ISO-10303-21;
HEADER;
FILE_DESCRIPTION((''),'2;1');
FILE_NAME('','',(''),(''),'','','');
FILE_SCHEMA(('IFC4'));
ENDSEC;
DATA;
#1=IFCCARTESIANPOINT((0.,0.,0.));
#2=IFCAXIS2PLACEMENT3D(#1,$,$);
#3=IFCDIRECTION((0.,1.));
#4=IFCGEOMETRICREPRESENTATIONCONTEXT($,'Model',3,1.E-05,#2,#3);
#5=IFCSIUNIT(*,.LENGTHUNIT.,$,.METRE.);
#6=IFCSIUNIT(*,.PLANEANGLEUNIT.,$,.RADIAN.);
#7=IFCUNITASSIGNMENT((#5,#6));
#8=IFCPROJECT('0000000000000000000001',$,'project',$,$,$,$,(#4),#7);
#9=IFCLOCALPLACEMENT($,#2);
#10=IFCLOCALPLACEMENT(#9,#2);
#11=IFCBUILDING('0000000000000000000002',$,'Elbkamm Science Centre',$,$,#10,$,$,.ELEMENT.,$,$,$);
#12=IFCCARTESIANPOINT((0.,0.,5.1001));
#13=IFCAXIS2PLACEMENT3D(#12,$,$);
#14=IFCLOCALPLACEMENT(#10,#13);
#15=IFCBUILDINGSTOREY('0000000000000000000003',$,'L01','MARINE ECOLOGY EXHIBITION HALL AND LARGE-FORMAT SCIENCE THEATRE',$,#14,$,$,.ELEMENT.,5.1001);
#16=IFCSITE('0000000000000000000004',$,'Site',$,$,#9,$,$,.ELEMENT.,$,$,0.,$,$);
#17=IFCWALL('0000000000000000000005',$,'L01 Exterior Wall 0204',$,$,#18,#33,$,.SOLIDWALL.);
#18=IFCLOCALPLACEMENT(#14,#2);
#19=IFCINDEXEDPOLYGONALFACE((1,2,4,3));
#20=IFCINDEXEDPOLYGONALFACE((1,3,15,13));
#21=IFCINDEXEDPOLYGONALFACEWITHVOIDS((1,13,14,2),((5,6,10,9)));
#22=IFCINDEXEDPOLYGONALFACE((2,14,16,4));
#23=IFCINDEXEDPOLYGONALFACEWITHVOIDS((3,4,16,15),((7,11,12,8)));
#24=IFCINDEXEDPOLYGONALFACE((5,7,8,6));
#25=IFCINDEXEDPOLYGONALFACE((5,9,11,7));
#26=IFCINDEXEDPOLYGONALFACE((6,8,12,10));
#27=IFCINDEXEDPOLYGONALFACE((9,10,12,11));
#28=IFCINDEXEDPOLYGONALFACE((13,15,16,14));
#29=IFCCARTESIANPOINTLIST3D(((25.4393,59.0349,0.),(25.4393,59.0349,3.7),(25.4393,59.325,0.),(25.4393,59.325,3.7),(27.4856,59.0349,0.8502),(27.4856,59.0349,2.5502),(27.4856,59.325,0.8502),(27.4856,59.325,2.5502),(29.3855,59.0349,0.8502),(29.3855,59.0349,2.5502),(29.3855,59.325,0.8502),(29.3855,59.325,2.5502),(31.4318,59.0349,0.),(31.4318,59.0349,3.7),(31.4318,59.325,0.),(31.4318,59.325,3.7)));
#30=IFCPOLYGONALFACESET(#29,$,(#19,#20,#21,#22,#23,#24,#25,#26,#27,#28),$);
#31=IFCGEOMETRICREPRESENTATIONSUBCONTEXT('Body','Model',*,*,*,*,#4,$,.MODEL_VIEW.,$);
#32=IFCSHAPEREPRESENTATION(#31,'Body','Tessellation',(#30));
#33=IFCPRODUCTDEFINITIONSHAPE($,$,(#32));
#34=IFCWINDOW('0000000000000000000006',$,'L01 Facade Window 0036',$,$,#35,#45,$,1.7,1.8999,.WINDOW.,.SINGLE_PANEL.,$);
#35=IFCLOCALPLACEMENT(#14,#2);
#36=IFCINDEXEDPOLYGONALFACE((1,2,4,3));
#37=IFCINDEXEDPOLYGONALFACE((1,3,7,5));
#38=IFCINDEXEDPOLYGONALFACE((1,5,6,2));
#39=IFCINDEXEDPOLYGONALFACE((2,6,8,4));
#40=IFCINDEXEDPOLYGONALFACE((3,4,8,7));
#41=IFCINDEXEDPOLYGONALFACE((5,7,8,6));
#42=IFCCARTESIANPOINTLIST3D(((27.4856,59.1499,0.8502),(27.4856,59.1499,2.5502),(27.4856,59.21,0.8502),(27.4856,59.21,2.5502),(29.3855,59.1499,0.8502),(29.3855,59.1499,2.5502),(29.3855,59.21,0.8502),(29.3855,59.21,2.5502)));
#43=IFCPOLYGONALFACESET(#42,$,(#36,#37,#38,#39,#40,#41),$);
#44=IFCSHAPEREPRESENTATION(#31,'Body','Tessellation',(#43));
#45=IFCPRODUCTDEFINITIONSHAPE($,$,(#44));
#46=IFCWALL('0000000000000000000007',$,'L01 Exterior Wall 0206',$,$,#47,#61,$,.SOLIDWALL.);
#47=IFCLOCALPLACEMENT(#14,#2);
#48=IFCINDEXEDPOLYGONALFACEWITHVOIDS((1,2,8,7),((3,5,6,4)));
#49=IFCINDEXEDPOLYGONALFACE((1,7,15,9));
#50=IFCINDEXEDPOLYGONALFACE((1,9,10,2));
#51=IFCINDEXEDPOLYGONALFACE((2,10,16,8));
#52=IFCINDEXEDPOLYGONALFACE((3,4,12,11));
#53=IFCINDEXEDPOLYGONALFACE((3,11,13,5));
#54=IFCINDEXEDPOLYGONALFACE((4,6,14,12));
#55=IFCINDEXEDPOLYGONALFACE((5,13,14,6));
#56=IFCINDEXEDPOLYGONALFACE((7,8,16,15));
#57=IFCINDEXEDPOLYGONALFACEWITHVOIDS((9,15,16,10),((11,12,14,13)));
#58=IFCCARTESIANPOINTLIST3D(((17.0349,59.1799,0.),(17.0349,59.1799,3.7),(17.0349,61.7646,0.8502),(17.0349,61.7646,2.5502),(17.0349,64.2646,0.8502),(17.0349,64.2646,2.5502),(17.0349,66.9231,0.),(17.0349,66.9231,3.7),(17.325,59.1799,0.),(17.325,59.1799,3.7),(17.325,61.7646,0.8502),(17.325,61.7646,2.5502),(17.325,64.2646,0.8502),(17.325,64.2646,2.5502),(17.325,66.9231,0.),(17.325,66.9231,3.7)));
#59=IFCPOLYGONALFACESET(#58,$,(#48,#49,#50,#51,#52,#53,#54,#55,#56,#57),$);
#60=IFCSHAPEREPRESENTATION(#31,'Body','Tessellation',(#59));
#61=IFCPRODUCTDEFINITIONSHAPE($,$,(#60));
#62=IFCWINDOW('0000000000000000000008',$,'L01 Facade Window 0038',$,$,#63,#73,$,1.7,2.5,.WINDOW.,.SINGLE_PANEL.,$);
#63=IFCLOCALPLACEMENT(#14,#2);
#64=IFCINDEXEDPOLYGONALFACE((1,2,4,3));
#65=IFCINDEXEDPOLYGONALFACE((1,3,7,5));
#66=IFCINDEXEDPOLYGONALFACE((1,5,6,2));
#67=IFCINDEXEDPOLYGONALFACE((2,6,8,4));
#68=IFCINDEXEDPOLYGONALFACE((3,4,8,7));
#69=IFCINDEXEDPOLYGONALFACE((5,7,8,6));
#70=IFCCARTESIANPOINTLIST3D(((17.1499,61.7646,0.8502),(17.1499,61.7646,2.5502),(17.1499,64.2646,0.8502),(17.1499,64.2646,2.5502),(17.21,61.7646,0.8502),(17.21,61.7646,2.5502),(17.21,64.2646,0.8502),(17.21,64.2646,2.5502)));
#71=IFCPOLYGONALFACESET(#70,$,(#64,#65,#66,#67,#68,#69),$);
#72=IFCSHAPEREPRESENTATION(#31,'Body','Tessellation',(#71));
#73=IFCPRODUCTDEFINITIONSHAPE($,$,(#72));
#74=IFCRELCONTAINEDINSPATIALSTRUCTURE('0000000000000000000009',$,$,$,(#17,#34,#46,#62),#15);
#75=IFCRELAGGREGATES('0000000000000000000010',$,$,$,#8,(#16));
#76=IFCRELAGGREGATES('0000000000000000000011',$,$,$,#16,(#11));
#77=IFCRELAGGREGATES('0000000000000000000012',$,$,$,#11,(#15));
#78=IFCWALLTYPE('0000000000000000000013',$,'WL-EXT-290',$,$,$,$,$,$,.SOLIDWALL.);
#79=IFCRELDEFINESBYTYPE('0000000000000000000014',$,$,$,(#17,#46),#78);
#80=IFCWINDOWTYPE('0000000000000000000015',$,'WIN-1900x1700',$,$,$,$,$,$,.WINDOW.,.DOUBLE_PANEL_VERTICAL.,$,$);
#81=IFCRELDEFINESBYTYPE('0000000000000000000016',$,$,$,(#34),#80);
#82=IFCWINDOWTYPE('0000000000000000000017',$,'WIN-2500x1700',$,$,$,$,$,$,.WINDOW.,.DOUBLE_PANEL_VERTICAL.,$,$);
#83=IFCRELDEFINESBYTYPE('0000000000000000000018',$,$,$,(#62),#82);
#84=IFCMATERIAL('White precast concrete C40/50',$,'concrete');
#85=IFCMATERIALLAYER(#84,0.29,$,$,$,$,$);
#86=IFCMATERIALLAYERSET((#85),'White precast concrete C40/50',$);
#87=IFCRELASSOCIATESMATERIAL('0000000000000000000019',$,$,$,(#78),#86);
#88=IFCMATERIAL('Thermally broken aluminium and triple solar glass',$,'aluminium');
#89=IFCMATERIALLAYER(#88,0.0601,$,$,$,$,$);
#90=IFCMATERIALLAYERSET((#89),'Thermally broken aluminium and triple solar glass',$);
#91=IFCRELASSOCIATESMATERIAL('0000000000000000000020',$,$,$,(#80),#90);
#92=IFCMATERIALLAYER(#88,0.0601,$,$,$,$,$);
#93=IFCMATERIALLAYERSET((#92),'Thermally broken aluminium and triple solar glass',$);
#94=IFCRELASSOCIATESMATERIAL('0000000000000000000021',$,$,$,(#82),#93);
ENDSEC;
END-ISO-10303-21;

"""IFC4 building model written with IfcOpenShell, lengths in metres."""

from ifc_helpers import new_model, si_unit, direction, frame, frame_2d, origin, place, context, subcontext, project, spatial, rectangle, extrude, material, layer, layer_set, type_object, element, fill, save


model = new_model("IFC4")

# Units and contexts
model_context = context("Model", 3, precision=1e-05, world=origin(), true_north=direction((0.0, 1.0)))
body_context = subcontext(model_context, "Body", "Model", "MODEL_VIEW")
ifc_project = project(units=[si_unit("LENGTHUNIT", "METRE"), si_unit("PLANEANGLEUNIT", "RADIAN")], contexts=[model_context])

# Site, building, storey
site_placement = place(None, origin())
site = spatial("IfcSite", under=ifc_project, at=site_placement, Name="Site", CompositionType="ELEMENT", RefElevation=0.0)
building_placement = place(site_placement, origin())
building = spatial("IfcBuilding", under=site, at=building_placement, Name="Elbkamm Science Centre", CompositionType="ELEMENT")
storey_placement = place(building_placement, frame((0.0, 0.0, 5.1001)))
storey = spatial("IfcBuildingStorey", under=building, at=storey_placement, Name="L01", Description="MARINE ECOLOGY EXHIBITION HALL AND LARGE-FORMAT SCIENCE THEATRE", CompositionType="ELEMENT", Elevation=5.1001)

# Shared definitions
ifc_material_1 = material(Name="White precast concrete C40/50", Category="concrete")

# Walls, openings, windows
ifc_material_2 = material(Name="Thermally broken aluminium and triple solar glass", Category="aluminium")
ifc_layer_1 = layer(ifc_material_1, 0.29)
ifc_layer_set_1 = layer_set([ifc_layer_1], Name="White precast concrete C40/50")
wall_type_1 = type_object("IfcWallType", Name="WL-EXT-290", PredefinedType="SOLIDWALL", material=ifc_layer_set_1)
wall_1_placement = place(storey_placement, frame((31.4316, 59.1799, 0.0), z_axis=(0.0, 0.0, 1.0), x_axis=(-1.0, 0.0, 0.0)))
wall_1 = element("IfcWall", 1, at=wall_1_placement, inside=storey, type_object=wall_type_1, Name="L01 Exterior Wall 0204", PredefinedType="SOLIDWALL", context=body_context, shape_type="SweptSolid", body=[
    extrude(rectangle(XDim=5.9924, YDim=0.29, at=frame_2d((2.9961, 0.0))), origin(), (0.0, 0.0, 1.0), 3.7),
])
opening_1_placement = place(wall_1_placement, frame((2.0461, 0.0, 0.8501)))
opening_1 = element("IfcOpeningElement", 2, at=opening_1_placement, cuts=wall_1, PredefinedType="OPENING", context=body_context, shape_type="SweptSolid", body=[
    extrude(rectangle(XDim=1.8999, YDim=1.7, at=frame_2d((0.95, 0.8501))), frame((0.0, 0.157, 0.0), z_axis=(0.0, -1.0, 0.0), x_axis=(1.0, 0.0, 0.0)), (0.0, 0.0, 1.0), 0.314),
])
ifc_layer_2 = layer(ifc_material_2, 0.0601)
ifc_layer_set_2 = layer_set([ifc_layer_2], Name="Thermally broken aluminium and triple solar glass")
window_type_1 = type_object("IfcWindowType", Name="WIN-1900x1700", PartitioningType="DOUBLE_PANEL_VERTICAL", PredefinedType="WINDOW", material=ifc_layer_set_2)
window_1_placement = place(opening_1_placement, origin())
window_1 = element("IfcWindow", 3, at=window_1_placement, inside=storey, type_object=window_type_1, Name="L01 Facade Window 0036", OverallHeight=1.7, OverallWidth=1.8999, PartitioningType="SINGLE_PANEL", PredefinedType="WINDOW", context=body_context, shape_type="SweptSolid", body=[
    extrude(rectangle(XDim=1.8999, YDim=1.7, at=frame_2d((0.95, 0.8501))), frame((0.0, 0.03, 0.0), z_axis=(0.0, -1.0, 0.0), x_axis=(1.0, 0.0, 0.0)), (0.0, 0.0, 1.0), 0.0601),
])
fill(opening_1, window_1)
wall_2_placement = place(storey_placement, frame((17.1799, 59.1799, 0.0), z_axis=(0.0, 0.0, 1.0), x_axis=(0.0, 1.0, 0.0)))
wall_2 = element("IfcWall", 4, at=wall_2_placement, inside=storey, type_object=wall_type_1, Name="L01 Exterior Wall 0206", PredefinedType="SOLIDWALL", context=body_context, shape_type="SweptSolid", body=[
    extrude(rectangle(XDim=7.7432, YDim=0.29, at=frame_2d((3.8716, 0.0))), origin(), (0.0, 0.0, 1.0), 3.7),
])
opening_2_placement = place(wall_2_placement, frame((2.5847, 0.0, 0.8501)))
opening_2 = element("IfcOpeningElement", 5, at=opening_2_placement, cuts=wall_2, PredefinedType="OPENING", context=body_context, shape_type="SweptSolid", body=[
    extrude(rectangle(XDim=2.5, YDim=1.7, at=frame_2d((1.25, 0.8501))), frame((0.0, 0.157, 0.0), z_axis=(0.0, -1.0, 0.0), x_axis=(1.0, 0.0, 0.0)), (0.0, 0.0, 1.0), 0.314),
])
ifc_layer_3 = layer(ifc_material_2, 0.0601)
ifc_layer_set_3 = layer_set([ifc_layer_3], Name="Thermally broken aluminium and triple solar glass")
window_type_2 = type_object("IfcWindowType", Name="WIN-2500x1700", PartitioningType="DOUBLE_PANEL_VERTICAL", PredefinedType="WINDOW", material=ifc_layer_set_3)
window_2_placement = place(opening_2_placement, origin())
window_2 = element("IfcWindow", 6, at=window_2_placement, inside=storey, type_object=window_type_2, Name="L01 Facade Window 0038", OverallHeight=1.7, OverallWidth=2.5, PartitioningType="SINGLE_PANEL", PredefinedType="WINDOW", context=body_context, shape_type="SweptSolid", body=[
    extrude(rectangle(XDim=2.5, YDim=1.7, at=frame_2d((1.25, 0.8501))), frame((0.0, 0.03, 0.0), z_axis=(0.0, -1.0, 0.0), x_axis=(1.0, 0.0, 0.0)), (0.0, 0.0, 1.0), 0.0601),
])
fill(opening_2, window_2)

save(model, "model.ifc")
